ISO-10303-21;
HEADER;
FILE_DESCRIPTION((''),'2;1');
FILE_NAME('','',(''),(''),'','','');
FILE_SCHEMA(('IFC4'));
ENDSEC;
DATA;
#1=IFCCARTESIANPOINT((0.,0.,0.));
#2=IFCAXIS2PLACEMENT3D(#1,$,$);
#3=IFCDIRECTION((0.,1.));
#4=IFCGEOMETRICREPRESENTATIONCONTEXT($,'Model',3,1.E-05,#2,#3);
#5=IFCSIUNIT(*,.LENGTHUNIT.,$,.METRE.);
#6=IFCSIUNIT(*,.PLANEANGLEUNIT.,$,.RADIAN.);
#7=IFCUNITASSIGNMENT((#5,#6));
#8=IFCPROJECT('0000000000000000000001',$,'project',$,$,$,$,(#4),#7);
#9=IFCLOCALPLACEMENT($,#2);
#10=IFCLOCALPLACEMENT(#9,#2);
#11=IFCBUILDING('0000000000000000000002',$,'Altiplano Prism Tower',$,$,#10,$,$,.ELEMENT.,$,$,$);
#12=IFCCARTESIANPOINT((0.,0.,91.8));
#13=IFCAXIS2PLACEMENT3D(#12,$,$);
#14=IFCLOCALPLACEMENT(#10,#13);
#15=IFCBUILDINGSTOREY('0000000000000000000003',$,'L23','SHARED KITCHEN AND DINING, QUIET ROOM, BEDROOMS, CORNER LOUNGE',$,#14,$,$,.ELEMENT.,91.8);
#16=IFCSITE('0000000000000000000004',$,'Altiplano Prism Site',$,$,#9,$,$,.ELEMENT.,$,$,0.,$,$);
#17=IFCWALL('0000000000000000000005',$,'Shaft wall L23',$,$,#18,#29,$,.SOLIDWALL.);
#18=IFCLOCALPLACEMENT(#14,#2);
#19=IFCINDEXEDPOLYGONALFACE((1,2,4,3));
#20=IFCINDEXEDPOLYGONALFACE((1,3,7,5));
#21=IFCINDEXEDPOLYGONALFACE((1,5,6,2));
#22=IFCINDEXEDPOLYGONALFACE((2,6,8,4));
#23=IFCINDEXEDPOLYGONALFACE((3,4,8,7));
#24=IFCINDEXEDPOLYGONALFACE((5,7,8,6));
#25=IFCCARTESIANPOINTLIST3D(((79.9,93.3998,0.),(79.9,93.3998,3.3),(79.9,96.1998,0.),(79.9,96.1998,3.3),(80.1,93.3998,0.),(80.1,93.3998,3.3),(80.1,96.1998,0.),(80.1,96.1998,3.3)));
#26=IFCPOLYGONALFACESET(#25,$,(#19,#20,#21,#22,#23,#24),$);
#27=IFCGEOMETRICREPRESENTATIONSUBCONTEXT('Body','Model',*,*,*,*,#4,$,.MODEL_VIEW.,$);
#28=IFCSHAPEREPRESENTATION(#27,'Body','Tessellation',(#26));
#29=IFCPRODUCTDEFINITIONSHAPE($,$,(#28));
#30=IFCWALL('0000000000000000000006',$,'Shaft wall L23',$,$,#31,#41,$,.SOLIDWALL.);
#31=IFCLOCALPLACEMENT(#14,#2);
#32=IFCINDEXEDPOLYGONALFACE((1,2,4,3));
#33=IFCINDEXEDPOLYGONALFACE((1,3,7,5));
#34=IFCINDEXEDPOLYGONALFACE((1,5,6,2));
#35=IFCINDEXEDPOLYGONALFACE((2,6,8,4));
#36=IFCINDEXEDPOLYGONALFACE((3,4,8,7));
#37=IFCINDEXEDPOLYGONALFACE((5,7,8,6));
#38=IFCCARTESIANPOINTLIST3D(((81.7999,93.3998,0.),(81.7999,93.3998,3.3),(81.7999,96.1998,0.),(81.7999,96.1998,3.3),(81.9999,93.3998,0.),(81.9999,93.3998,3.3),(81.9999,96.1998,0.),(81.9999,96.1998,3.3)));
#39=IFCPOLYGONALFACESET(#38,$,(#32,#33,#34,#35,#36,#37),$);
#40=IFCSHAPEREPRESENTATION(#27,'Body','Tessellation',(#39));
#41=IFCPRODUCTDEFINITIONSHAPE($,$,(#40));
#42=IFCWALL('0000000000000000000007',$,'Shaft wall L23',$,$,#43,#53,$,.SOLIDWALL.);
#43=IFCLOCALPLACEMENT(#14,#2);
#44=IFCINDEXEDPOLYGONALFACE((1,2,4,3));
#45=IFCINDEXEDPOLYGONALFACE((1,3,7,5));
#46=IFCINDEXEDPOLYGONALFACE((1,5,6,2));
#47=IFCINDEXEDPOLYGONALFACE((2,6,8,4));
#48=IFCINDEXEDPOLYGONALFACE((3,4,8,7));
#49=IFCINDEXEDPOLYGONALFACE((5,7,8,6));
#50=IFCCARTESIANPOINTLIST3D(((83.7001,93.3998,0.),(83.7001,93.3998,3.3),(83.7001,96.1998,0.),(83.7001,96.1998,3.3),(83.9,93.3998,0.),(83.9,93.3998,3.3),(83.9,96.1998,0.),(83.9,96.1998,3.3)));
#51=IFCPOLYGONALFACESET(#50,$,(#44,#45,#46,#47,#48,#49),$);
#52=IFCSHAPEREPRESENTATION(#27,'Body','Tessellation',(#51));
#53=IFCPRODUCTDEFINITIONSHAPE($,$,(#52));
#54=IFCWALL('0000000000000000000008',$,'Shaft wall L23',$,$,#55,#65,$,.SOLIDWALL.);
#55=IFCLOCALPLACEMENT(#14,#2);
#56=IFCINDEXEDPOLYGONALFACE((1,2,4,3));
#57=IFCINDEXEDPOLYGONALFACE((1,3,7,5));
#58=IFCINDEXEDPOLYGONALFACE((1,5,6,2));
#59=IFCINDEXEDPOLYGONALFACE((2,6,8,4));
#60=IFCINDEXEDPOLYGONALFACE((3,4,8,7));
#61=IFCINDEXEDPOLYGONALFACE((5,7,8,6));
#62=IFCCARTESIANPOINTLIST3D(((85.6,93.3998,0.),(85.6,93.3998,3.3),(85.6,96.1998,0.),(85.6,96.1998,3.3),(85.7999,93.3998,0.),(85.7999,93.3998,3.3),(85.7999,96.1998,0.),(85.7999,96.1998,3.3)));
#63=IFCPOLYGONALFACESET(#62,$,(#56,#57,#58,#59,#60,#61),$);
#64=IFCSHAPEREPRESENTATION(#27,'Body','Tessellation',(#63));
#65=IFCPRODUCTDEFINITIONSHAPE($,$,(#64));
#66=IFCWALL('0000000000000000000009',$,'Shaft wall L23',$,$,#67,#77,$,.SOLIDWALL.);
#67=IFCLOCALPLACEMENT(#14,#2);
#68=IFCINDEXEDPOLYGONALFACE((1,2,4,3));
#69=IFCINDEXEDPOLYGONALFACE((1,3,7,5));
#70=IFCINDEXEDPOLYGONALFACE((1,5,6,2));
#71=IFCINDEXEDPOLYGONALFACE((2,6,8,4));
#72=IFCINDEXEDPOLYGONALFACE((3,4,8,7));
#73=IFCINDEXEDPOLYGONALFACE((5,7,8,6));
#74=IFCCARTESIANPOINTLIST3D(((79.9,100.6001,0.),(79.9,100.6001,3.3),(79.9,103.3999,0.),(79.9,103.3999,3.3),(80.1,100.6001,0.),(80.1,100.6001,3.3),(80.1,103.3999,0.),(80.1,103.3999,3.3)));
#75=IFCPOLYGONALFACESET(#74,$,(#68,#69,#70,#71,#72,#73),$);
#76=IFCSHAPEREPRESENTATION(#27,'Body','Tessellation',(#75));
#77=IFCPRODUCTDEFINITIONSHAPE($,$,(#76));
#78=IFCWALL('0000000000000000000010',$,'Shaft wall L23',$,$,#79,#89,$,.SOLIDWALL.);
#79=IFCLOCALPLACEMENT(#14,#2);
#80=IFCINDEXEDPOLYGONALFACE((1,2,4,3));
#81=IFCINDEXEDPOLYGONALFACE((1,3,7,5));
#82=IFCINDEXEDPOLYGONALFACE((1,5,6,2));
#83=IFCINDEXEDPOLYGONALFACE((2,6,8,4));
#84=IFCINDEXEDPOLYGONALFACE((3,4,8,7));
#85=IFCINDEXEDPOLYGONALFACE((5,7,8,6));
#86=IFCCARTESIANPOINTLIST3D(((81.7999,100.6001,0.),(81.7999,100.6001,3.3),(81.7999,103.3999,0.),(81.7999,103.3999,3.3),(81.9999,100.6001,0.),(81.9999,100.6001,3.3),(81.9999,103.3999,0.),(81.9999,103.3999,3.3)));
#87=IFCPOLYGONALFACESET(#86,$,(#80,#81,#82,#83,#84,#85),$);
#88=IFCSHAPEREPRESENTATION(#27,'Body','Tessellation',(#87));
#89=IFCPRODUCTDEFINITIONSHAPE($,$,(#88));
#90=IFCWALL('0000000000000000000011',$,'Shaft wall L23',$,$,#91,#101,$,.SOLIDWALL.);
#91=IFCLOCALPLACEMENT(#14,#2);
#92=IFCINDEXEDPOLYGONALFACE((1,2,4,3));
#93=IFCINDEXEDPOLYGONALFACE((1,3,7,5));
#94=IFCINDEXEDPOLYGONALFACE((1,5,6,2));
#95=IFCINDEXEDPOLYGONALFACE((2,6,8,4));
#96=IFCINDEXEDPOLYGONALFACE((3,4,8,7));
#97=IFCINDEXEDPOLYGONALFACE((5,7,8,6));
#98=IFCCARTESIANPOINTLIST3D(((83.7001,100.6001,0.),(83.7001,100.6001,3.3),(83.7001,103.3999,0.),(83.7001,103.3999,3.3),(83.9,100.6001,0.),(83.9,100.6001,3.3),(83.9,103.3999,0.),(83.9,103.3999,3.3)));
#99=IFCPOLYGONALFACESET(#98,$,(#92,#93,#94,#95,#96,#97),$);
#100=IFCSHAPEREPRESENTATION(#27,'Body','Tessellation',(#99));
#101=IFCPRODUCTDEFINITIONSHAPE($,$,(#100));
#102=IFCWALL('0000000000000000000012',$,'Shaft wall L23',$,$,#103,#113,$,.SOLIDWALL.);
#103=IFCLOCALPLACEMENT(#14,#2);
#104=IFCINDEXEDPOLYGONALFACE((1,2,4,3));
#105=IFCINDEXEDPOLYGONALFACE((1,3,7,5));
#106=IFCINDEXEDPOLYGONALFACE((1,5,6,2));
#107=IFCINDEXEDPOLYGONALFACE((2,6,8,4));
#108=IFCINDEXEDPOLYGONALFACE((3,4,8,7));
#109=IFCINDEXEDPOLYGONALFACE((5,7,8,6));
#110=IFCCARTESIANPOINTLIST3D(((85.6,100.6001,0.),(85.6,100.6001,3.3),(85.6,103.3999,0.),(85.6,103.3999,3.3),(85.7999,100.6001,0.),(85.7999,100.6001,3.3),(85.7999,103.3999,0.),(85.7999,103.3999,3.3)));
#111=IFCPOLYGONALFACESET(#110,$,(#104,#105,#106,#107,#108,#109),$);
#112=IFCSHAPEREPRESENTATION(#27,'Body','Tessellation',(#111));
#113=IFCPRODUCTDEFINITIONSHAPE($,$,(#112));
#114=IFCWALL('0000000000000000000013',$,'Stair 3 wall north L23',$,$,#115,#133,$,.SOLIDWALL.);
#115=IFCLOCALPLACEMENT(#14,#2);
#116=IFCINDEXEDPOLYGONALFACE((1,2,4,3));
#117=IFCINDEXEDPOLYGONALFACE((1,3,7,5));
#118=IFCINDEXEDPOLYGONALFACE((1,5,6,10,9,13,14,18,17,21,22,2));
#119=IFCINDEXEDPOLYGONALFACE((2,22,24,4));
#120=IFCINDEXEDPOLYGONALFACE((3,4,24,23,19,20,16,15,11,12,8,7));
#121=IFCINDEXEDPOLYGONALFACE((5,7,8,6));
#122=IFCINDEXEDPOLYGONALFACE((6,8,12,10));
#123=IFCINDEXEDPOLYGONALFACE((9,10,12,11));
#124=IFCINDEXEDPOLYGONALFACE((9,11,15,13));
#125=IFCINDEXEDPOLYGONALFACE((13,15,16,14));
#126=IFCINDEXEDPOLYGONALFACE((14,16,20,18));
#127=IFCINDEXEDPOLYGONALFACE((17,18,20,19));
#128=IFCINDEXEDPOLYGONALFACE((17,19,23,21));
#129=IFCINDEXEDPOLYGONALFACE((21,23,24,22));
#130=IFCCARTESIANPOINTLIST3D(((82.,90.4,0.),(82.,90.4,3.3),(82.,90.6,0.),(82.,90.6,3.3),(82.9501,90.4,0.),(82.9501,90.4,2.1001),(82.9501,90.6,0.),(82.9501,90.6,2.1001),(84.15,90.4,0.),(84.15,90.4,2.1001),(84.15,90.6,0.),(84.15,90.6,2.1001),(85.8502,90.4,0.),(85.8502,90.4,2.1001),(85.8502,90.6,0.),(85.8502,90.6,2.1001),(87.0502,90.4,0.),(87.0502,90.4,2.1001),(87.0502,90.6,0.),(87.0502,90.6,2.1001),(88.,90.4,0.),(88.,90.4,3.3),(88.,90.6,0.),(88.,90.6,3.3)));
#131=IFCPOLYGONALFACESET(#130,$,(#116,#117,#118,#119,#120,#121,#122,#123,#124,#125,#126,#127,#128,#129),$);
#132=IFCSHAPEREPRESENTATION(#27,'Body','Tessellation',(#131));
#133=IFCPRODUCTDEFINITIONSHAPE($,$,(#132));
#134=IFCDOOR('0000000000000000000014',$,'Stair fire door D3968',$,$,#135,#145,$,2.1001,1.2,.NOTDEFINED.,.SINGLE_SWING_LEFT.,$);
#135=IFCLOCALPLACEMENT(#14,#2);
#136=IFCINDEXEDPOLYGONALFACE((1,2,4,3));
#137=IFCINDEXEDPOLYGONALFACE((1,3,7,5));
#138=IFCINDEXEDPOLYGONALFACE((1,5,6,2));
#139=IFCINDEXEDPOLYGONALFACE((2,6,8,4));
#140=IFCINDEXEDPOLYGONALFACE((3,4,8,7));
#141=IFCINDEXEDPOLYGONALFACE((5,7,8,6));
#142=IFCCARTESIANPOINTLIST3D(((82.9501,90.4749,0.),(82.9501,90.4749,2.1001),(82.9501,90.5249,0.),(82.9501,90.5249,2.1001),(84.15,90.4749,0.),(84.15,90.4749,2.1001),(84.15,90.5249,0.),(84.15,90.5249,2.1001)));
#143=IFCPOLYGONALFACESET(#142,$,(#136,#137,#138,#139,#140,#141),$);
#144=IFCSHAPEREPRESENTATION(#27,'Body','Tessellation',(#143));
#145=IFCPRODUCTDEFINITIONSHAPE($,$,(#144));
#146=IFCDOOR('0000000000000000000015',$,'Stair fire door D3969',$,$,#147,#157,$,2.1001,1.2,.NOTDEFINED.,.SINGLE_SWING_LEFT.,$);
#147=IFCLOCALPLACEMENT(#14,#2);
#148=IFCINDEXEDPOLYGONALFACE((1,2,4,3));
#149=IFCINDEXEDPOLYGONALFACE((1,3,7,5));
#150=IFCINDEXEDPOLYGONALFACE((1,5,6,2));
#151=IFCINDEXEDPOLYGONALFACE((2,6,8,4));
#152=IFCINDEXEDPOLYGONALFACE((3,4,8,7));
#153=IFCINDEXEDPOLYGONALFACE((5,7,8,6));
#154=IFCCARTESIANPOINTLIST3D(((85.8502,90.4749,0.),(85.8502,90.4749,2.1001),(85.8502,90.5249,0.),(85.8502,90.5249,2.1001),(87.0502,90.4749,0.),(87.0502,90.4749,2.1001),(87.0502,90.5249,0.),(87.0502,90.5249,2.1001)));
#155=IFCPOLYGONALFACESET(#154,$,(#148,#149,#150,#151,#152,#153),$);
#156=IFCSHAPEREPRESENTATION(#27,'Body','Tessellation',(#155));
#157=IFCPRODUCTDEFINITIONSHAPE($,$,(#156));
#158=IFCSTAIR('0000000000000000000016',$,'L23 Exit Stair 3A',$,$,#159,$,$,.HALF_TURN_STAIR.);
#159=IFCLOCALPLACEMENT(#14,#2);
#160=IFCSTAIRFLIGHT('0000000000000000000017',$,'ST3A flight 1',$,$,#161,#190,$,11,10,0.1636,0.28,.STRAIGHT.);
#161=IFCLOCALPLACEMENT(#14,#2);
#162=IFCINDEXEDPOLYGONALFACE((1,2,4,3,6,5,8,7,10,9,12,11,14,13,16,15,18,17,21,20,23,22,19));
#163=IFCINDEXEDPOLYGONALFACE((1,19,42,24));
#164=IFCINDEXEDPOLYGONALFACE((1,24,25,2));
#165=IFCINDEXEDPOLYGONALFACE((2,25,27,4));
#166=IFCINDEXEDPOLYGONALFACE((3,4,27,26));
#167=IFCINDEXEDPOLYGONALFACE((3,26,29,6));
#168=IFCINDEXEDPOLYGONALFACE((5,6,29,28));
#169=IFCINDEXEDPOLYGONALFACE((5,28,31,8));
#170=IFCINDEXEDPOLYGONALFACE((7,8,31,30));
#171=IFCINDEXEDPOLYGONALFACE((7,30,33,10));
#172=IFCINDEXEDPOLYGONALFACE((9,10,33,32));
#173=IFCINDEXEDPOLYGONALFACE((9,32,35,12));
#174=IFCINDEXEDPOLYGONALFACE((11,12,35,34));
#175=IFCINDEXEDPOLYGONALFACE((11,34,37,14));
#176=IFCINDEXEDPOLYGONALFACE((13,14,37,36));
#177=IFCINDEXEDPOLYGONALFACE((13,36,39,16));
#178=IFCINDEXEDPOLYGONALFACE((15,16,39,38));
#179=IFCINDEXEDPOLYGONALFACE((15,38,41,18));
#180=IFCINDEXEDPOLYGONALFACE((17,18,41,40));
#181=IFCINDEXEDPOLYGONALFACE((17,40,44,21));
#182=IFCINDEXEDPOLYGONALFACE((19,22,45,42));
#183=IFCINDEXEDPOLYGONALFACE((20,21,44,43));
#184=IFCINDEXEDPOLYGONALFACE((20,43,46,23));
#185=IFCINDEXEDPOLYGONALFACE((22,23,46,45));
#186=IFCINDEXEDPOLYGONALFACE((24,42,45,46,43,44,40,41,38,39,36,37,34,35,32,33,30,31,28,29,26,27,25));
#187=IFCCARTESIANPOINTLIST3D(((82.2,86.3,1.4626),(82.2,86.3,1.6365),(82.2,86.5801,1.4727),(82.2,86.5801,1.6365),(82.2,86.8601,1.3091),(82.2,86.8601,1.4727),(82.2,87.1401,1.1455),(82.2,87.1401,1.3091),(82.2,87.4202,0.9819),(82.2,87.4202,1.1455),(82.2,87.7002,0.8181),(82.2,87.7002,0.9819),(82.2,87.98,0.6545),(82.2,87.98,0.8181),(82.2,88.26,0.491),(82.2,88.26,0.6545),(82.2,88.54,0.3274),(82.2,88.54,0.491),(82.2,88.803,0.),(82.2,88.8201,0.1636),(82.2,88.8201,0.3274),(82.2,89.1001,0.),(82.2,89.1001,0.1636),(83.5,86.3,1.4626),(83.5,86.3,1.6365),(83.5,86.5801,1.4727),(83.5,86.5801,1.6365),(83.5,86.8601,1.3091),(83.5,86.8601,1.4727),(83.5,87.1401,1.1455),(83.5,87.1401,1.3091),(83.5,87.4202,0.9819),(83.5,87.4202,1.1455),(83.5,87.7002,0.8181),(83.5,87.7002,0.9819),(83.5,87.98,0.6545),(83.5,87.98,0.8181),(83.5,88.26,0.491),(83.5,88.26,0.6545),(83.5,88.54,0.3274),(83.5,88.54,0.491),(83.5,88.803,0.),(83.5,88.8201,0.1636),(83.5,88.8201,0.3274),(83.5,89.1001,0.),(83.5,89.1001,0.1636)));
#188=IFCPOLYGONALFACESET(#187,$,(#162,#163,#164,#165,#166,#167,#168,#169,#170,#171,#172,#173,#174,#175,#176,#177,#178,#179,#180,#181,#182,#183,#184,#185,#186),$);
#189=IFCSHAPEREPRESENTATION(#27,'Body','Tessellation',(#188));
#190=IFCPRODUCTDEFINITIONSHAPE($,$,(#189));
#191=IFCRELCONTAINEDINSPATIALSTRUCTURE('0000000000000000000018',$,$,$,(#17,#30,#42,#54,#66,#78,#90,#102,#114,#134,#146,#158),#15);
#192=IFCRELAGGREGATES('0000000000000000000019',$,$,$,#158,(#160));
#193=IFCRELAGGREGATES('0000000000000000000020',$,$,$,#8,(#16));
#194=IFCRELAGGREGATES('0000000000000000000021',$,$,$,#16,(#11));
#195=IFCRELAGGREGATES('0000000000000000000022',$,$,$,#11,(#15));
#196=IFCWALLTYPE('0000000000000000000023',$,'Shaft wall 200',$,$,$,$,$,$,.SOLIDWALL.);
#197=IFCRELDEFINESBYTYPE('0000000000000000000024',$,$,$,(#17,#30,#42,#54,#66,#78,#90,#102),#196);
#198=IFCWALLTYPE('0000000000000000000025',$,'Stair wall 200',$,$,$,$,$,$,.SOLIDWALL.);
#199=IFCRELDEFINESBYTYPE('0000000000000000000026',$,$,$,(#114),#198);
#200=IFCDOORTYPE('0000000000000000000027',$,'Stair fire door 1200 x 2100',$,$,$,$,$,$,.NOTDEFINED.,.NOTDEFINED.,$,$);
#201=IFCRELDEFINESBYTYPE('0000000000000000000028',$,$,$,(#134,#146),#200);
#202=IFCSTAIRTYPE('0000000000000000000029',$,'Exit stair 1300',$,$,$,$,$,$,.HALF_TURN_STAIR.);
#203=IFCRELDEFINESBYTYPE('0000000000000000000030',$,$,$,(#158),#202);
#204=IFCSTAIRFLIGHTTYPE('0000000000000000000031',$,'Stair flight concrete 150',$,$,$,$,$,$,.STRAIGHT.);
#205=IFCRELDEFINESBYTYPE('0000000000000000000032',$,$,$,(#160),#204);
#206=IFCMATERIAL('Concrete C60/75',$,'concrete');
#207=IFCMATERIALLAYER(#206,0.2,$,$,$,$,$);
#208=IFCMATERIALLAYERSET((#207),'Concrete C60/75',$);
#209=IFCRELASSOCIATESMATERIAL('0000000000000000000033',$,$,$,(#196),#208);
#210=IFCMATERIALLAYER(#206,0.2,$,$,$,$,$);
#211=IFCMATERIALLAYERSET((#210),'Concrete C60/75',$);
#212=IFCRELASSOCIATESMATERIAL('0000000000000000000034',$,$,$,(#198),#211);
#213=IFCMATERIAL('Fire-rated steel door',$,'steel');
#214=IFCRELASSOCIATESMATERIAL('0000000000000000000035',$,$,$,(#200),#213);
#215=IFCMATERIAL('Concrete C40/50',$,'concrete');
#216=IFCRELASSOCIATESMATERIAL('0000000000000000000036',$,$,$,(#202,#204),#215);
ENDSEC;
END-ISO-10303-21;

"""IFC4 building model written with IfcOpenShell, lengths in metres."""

from ifc_helpers import new_model, si_unit, direction, frame, frame_2d, origin, place, context, subcontext, project, spatial, polyline, rectangle, outline, extrude, material, layer, layer_set, type_object, element, fill, aggregate, save


model = new_model("IFC4")

# Units and contexts
model_context = context("Model", 3, precision=1e-05, world=origin(), true_north=direction((0.0, 1.0)))
body_context = subcontext(model_context, "Body", "Model", "MODEL_VIEW")
ifc_project = project(units=[si_unit("LENGTHUNIT", "METRE"), si_unit("PLANEANGLEUNIT", "RADIAN")], contexts=[model_context])

# Site, building, storey
site_placement = place(None, origin())
site = spatial("IfcSite", under=ifc_project, at=site_placement, Name="Altiplano Prism Site", CompositionType="ELEMENT", RefElevation=0.0)
building_placement = place(site_placement, origin())
building = spatial("IfcBuilding", under=site, at=building_placement, Name="Altiplano Prism Tower", CompositionType="ELEMENT")
storey_placement = place(building_placement, frame((0.0, 0.0, 91.8)))
storey = spatial("IfcBuildingStorey", under=building, at=storey_placement, Name="L23", Description="SHARED KITCHEN AND DINING, QUIET ROOM, BEDROOMS, CORNER LOUNGE", CompositionType="ELEMENT", Elevation=91.8)

# Walls
ifc_material_1 = material(Name="Concrete C60/75", Category="concrete")
ifc_layer_1 = layer(ifc_material_1, 0.2)
ifc_layer_set_1 = layer_set([ifc_layer_1], Name="Concrete C60/75")
wall_type_1 = type_object("IfcWallType", Name="Shaft wall 200", PredefinedType="SOLIDWALL", material=ifc_layer_set_1)
for number, where, z_axis, x_axis, name in (
    (1, (80.0, 93.3999, 0.0), (0.0, 0.0, 1.0), (0.0, 1.0, 0.0), "Shaft wall L23"),
    (2, (81.8999, 93.3999, 0.0), (0.0, 0.0, 1.0), (0.0, 1.0, 0.0), "Shaft wall L23"),
    (3, (83.8, 93.3999, 0.0), (0.0, 0.0, 1.0), (0.0, 1.0, 0.0), "Shaft wall L23"),
    (4, (85.7, 93.3999, 0.0), (0.0, 0.0, 1.0), (0.0, 1.0, 0.0), "Shaft wall L23"),
):
    element("IfcWall", number, at=place(storey_placement, frame(where, z_axis=z_axis, x_axis=x_axis)), inside=storey, type_object=wall_type_1, Name=name, PredefinedType="SOLIDWALL", context=body_context, shape_type="SweptSolid", body=[
        extrude(rectangle(XDim=2.8, YDim=0.2, at=frame_2d((1.3999, 0.0))), origin(), (0.0, 0.0, 1.0), 3.3),
    ])
for number, where, z_axis, x_axis, name in (
    (5, (80.0, 100.6001, 0.0), (0.0, 0.0, 1.0), (0.0, 1.0, 0.0), "Shaft wall L23"),
    (6, (81.8999, 100.6001, 0.0), (0.0, 0.0, 1.0), (0.0, 1.0, 0.0), "Shaft wall L23"),
    (7, (83.8, 100.6001, 0.0), (0.0, 0.0, 1.0), (0.0, 1.0, 0.0), "Shaft wall L23"),
    (8, (85.7, 100.6001, 0.0), (0.0, 0.0, 1.0), (0.0, 1.0, 0.0), "Shaft wall L23"),
):
    element("IfcWall", number, at=place(storey_placement, frame(where, z_axis=z_axis, x_axis=x_axis)), inside=storey, type_object=wall_type_1, Name=name, PredefinedType="SOLIDWALL", context=body_context, shape_type="SweptSolid", body=[
        extrude(rectangle(XDim=2.7998, YDim=0.2, at=frame_2d((1.3999, 0.0))), origin(), (0.0, 0.0, 1.0), 3.3),
    ])

# Wall, openings, doors
ifc_layer_2 = layer(ifc_material_1, 0.2)
ifc_layer_set_2 = layer_set([ifc_layer_2], Name="Concrete C60/75")
wall_type_2 = type_object("IfcWallType", Name="Stair wall 200", PredefinedType="SOLIDWALL", material=ifc_layer_set_2)
wall_placement = place(storey_placement, frame((82.0, 90.5, 0.0), z_axis=(0.0, 0.0, 1.0), x_axis=(1.0, 0.0, 0.0)))
wall = element("IfcWall", 9, at=wall_placement, inside=storey, type_object=wall_type_2, Name="Stair 3 wall north L23", PredefinedType="SOLIDWALL", context=body_context, shape_type="SweptSolid", body=[
    extrude(rectangle(XDim=6.0, YDim=0.2, at=frame_2d((3.0, 0.0))), origin(), (0.0, 0.0, 1.0), 3.3),
])
opening_1_placement = place(wall_placement, frame((0.95, 0.0, 0.0)))
opening_1 = element("IfcOpeningElement", 10, at=opening_1_placement, cuts=wall, PredefinedType="OPENING", context=body_context, shape_type="SweptSolid", body=[
    extrude(rectangle(XDim=1.2, YDim=2.1001, at=frame_2d((0.6001, 1.05))), frame((0.0, 0.1104, 0.0), z_axis=(0.0, -1.0, 0.0), x_axis=(1.0, 0.0, 0.0)), (0.0, 0.0, 1.0), 0.2209),
])
opening_2_placement = place(wall_placement, frame((3.8501, 0.0, 0.0)))
opening_2 = element("IfcOpeningElement", 11, at=opening_2_placement, cuts=wall, PredefinedType="OPENING", context=body_context, shape_type="SweptSolid", body=[
    extrude(rectangle(XDim=1.2, YDim=2.1001, at=frame_2d((0.6001, 1.05))), frame((0.0, 0.1104, 0.0), z_axis=(0.0, -1.0, 0.0), x_axis=(1.0, 0.0, 0.0)), (0.0, 0.0, 1.0), 0.2209),
])
ifc_material_2 = material(Name="Fire-rated steel door", Category="steel")
door_type = type_object("IfcDoorType", Name="Stair fire door 1200 x 2100", OperationType="NOTDEFINED", PredefinedType="NOTDEFINED", material=ifc_material_2)
door_1_placement = place(opening_1_placement, origin())
door_1 = element("IfcDoor", 12, at=door_1_placement, inside=storey, type_object=door_type, Name="Stair fire door D3968", OperationType="SINGLE_SWING_LEFT", OverallHeight=2.1001, OverallWidth=1.2, PredefinedType="NOTDEFINED", context=body_context, shape_type="SweptSolid", body=[
    extrude(rectangle(XDim=1.2, YDim=2.1001, at=frame_2d((0.6001, 1.05))), frame((0.0, 0.0249, 0.0), z_axis=(0.0, -1.0, 0.0), x_axis=(1.0, 0.0, 0.0)), (0.0, 0.0, 1.0), 0.05),
])
fill(opening_1, door_1)
door_2_placement = place(opening_2_placement, origin())
door_2 = element("IfcDoor", 13, at=door_2_placement, inside=storey, type_object=door_type, Name="Stair fire door D3969", OperationType="SINGLE_SWING_LEFT", OverallHeight=2.1001, OverallWidth=1.2, PredefinedType="NOTDEFINED", context=body_context, shape_type="SweptSolid", body=[
    extrude(rectangle(XDim=1.2, YDim=2.1001, at=frame_2d((0.6001, 1.05))), frame((0.0, 0.0249, 0.0), z_axis=(0.0, -1.0, 0.0), x_axis=(1.0, 0.0, 0.0)), (0.0, 0.0, 1.0), 0.05),
])
fill(opening_2, door_2)

# Stair, stair flight
ifc_material_3 = material(Name="Concrete C40/50", Category="concrete")
stair_type = type_object("IfcStairType", Name="Exit stair 1300", PredefinedType="HALF_TURN_STAIR", material=ifc_material_3)
stair_1_placement = place(storey_placement, origin())
stair_1 = element("IfcStair", 14, at=stair_1_placement, inside=storey, type_object=stair_type, Name="L23 Exit Stair 3A", PredefinedType="HALF_TURN_STAIR")
stair_flight_type = type_object("IfcStairFlightType", Name="Stair flight concrete 150", PredefinedType="STRAIGHT", material=ifc_material_3)
stair_flight_1_placement = place(storey_placement, frame((82.8501, 89.1001, 0.0), z_axis=(0.0, 0.0, 1.0), x_axis=(0.0, -1.0, 0.0)))
stair_flight_1 = element("IfcStairFlight", 15, at=stair_flight_1_placement, type_object=stair_flight_type, Name="ST3A flight 1", NumberOfRisers=11, NumberOfTreads=10, PredefinedType="STRAIGHT", RiserHeight=0.1636, TreadLength=0.28, context=body_context, shape_type="SweptSolid", body=[
    extrude(outline(polyline([(0.0, 0.0), (0.0, 0.1636), (0.28, 0.1636), (0.28, 0.3274), (0.5601, 0.3274), (0.5601, 0.491), (0.8401, 0.491), (0.8401, 0.6545), (1.1201, 0.6545), (1.1201, 0.8181), (1.3999, 0.8181), (1.3999, 0.9819), (1.6799, 0.9819), (1.6799, 1.1455), (1.96, 1.1455), (1.96, 1.3091), (2.24, 1.3091), (2.24, 1.4727), (2.52, 1.4727), (2.52, 1.6365), (2.8, 1.6365), (2.8, 1.8), (2.8, 1.4626), (0.2971, 0.0), (0.0, 0.0)])), frame((0.0, 0.6499, 0.0), z_axis=(0.0, -1.0, 0.0), x_axis=(1.0, 0.0, 0.0)), (0.0, 0.0, 1.0), 1.3),
])
aggregate(stair_1, [stair_flight_1])

save(model, "model.ifc")
